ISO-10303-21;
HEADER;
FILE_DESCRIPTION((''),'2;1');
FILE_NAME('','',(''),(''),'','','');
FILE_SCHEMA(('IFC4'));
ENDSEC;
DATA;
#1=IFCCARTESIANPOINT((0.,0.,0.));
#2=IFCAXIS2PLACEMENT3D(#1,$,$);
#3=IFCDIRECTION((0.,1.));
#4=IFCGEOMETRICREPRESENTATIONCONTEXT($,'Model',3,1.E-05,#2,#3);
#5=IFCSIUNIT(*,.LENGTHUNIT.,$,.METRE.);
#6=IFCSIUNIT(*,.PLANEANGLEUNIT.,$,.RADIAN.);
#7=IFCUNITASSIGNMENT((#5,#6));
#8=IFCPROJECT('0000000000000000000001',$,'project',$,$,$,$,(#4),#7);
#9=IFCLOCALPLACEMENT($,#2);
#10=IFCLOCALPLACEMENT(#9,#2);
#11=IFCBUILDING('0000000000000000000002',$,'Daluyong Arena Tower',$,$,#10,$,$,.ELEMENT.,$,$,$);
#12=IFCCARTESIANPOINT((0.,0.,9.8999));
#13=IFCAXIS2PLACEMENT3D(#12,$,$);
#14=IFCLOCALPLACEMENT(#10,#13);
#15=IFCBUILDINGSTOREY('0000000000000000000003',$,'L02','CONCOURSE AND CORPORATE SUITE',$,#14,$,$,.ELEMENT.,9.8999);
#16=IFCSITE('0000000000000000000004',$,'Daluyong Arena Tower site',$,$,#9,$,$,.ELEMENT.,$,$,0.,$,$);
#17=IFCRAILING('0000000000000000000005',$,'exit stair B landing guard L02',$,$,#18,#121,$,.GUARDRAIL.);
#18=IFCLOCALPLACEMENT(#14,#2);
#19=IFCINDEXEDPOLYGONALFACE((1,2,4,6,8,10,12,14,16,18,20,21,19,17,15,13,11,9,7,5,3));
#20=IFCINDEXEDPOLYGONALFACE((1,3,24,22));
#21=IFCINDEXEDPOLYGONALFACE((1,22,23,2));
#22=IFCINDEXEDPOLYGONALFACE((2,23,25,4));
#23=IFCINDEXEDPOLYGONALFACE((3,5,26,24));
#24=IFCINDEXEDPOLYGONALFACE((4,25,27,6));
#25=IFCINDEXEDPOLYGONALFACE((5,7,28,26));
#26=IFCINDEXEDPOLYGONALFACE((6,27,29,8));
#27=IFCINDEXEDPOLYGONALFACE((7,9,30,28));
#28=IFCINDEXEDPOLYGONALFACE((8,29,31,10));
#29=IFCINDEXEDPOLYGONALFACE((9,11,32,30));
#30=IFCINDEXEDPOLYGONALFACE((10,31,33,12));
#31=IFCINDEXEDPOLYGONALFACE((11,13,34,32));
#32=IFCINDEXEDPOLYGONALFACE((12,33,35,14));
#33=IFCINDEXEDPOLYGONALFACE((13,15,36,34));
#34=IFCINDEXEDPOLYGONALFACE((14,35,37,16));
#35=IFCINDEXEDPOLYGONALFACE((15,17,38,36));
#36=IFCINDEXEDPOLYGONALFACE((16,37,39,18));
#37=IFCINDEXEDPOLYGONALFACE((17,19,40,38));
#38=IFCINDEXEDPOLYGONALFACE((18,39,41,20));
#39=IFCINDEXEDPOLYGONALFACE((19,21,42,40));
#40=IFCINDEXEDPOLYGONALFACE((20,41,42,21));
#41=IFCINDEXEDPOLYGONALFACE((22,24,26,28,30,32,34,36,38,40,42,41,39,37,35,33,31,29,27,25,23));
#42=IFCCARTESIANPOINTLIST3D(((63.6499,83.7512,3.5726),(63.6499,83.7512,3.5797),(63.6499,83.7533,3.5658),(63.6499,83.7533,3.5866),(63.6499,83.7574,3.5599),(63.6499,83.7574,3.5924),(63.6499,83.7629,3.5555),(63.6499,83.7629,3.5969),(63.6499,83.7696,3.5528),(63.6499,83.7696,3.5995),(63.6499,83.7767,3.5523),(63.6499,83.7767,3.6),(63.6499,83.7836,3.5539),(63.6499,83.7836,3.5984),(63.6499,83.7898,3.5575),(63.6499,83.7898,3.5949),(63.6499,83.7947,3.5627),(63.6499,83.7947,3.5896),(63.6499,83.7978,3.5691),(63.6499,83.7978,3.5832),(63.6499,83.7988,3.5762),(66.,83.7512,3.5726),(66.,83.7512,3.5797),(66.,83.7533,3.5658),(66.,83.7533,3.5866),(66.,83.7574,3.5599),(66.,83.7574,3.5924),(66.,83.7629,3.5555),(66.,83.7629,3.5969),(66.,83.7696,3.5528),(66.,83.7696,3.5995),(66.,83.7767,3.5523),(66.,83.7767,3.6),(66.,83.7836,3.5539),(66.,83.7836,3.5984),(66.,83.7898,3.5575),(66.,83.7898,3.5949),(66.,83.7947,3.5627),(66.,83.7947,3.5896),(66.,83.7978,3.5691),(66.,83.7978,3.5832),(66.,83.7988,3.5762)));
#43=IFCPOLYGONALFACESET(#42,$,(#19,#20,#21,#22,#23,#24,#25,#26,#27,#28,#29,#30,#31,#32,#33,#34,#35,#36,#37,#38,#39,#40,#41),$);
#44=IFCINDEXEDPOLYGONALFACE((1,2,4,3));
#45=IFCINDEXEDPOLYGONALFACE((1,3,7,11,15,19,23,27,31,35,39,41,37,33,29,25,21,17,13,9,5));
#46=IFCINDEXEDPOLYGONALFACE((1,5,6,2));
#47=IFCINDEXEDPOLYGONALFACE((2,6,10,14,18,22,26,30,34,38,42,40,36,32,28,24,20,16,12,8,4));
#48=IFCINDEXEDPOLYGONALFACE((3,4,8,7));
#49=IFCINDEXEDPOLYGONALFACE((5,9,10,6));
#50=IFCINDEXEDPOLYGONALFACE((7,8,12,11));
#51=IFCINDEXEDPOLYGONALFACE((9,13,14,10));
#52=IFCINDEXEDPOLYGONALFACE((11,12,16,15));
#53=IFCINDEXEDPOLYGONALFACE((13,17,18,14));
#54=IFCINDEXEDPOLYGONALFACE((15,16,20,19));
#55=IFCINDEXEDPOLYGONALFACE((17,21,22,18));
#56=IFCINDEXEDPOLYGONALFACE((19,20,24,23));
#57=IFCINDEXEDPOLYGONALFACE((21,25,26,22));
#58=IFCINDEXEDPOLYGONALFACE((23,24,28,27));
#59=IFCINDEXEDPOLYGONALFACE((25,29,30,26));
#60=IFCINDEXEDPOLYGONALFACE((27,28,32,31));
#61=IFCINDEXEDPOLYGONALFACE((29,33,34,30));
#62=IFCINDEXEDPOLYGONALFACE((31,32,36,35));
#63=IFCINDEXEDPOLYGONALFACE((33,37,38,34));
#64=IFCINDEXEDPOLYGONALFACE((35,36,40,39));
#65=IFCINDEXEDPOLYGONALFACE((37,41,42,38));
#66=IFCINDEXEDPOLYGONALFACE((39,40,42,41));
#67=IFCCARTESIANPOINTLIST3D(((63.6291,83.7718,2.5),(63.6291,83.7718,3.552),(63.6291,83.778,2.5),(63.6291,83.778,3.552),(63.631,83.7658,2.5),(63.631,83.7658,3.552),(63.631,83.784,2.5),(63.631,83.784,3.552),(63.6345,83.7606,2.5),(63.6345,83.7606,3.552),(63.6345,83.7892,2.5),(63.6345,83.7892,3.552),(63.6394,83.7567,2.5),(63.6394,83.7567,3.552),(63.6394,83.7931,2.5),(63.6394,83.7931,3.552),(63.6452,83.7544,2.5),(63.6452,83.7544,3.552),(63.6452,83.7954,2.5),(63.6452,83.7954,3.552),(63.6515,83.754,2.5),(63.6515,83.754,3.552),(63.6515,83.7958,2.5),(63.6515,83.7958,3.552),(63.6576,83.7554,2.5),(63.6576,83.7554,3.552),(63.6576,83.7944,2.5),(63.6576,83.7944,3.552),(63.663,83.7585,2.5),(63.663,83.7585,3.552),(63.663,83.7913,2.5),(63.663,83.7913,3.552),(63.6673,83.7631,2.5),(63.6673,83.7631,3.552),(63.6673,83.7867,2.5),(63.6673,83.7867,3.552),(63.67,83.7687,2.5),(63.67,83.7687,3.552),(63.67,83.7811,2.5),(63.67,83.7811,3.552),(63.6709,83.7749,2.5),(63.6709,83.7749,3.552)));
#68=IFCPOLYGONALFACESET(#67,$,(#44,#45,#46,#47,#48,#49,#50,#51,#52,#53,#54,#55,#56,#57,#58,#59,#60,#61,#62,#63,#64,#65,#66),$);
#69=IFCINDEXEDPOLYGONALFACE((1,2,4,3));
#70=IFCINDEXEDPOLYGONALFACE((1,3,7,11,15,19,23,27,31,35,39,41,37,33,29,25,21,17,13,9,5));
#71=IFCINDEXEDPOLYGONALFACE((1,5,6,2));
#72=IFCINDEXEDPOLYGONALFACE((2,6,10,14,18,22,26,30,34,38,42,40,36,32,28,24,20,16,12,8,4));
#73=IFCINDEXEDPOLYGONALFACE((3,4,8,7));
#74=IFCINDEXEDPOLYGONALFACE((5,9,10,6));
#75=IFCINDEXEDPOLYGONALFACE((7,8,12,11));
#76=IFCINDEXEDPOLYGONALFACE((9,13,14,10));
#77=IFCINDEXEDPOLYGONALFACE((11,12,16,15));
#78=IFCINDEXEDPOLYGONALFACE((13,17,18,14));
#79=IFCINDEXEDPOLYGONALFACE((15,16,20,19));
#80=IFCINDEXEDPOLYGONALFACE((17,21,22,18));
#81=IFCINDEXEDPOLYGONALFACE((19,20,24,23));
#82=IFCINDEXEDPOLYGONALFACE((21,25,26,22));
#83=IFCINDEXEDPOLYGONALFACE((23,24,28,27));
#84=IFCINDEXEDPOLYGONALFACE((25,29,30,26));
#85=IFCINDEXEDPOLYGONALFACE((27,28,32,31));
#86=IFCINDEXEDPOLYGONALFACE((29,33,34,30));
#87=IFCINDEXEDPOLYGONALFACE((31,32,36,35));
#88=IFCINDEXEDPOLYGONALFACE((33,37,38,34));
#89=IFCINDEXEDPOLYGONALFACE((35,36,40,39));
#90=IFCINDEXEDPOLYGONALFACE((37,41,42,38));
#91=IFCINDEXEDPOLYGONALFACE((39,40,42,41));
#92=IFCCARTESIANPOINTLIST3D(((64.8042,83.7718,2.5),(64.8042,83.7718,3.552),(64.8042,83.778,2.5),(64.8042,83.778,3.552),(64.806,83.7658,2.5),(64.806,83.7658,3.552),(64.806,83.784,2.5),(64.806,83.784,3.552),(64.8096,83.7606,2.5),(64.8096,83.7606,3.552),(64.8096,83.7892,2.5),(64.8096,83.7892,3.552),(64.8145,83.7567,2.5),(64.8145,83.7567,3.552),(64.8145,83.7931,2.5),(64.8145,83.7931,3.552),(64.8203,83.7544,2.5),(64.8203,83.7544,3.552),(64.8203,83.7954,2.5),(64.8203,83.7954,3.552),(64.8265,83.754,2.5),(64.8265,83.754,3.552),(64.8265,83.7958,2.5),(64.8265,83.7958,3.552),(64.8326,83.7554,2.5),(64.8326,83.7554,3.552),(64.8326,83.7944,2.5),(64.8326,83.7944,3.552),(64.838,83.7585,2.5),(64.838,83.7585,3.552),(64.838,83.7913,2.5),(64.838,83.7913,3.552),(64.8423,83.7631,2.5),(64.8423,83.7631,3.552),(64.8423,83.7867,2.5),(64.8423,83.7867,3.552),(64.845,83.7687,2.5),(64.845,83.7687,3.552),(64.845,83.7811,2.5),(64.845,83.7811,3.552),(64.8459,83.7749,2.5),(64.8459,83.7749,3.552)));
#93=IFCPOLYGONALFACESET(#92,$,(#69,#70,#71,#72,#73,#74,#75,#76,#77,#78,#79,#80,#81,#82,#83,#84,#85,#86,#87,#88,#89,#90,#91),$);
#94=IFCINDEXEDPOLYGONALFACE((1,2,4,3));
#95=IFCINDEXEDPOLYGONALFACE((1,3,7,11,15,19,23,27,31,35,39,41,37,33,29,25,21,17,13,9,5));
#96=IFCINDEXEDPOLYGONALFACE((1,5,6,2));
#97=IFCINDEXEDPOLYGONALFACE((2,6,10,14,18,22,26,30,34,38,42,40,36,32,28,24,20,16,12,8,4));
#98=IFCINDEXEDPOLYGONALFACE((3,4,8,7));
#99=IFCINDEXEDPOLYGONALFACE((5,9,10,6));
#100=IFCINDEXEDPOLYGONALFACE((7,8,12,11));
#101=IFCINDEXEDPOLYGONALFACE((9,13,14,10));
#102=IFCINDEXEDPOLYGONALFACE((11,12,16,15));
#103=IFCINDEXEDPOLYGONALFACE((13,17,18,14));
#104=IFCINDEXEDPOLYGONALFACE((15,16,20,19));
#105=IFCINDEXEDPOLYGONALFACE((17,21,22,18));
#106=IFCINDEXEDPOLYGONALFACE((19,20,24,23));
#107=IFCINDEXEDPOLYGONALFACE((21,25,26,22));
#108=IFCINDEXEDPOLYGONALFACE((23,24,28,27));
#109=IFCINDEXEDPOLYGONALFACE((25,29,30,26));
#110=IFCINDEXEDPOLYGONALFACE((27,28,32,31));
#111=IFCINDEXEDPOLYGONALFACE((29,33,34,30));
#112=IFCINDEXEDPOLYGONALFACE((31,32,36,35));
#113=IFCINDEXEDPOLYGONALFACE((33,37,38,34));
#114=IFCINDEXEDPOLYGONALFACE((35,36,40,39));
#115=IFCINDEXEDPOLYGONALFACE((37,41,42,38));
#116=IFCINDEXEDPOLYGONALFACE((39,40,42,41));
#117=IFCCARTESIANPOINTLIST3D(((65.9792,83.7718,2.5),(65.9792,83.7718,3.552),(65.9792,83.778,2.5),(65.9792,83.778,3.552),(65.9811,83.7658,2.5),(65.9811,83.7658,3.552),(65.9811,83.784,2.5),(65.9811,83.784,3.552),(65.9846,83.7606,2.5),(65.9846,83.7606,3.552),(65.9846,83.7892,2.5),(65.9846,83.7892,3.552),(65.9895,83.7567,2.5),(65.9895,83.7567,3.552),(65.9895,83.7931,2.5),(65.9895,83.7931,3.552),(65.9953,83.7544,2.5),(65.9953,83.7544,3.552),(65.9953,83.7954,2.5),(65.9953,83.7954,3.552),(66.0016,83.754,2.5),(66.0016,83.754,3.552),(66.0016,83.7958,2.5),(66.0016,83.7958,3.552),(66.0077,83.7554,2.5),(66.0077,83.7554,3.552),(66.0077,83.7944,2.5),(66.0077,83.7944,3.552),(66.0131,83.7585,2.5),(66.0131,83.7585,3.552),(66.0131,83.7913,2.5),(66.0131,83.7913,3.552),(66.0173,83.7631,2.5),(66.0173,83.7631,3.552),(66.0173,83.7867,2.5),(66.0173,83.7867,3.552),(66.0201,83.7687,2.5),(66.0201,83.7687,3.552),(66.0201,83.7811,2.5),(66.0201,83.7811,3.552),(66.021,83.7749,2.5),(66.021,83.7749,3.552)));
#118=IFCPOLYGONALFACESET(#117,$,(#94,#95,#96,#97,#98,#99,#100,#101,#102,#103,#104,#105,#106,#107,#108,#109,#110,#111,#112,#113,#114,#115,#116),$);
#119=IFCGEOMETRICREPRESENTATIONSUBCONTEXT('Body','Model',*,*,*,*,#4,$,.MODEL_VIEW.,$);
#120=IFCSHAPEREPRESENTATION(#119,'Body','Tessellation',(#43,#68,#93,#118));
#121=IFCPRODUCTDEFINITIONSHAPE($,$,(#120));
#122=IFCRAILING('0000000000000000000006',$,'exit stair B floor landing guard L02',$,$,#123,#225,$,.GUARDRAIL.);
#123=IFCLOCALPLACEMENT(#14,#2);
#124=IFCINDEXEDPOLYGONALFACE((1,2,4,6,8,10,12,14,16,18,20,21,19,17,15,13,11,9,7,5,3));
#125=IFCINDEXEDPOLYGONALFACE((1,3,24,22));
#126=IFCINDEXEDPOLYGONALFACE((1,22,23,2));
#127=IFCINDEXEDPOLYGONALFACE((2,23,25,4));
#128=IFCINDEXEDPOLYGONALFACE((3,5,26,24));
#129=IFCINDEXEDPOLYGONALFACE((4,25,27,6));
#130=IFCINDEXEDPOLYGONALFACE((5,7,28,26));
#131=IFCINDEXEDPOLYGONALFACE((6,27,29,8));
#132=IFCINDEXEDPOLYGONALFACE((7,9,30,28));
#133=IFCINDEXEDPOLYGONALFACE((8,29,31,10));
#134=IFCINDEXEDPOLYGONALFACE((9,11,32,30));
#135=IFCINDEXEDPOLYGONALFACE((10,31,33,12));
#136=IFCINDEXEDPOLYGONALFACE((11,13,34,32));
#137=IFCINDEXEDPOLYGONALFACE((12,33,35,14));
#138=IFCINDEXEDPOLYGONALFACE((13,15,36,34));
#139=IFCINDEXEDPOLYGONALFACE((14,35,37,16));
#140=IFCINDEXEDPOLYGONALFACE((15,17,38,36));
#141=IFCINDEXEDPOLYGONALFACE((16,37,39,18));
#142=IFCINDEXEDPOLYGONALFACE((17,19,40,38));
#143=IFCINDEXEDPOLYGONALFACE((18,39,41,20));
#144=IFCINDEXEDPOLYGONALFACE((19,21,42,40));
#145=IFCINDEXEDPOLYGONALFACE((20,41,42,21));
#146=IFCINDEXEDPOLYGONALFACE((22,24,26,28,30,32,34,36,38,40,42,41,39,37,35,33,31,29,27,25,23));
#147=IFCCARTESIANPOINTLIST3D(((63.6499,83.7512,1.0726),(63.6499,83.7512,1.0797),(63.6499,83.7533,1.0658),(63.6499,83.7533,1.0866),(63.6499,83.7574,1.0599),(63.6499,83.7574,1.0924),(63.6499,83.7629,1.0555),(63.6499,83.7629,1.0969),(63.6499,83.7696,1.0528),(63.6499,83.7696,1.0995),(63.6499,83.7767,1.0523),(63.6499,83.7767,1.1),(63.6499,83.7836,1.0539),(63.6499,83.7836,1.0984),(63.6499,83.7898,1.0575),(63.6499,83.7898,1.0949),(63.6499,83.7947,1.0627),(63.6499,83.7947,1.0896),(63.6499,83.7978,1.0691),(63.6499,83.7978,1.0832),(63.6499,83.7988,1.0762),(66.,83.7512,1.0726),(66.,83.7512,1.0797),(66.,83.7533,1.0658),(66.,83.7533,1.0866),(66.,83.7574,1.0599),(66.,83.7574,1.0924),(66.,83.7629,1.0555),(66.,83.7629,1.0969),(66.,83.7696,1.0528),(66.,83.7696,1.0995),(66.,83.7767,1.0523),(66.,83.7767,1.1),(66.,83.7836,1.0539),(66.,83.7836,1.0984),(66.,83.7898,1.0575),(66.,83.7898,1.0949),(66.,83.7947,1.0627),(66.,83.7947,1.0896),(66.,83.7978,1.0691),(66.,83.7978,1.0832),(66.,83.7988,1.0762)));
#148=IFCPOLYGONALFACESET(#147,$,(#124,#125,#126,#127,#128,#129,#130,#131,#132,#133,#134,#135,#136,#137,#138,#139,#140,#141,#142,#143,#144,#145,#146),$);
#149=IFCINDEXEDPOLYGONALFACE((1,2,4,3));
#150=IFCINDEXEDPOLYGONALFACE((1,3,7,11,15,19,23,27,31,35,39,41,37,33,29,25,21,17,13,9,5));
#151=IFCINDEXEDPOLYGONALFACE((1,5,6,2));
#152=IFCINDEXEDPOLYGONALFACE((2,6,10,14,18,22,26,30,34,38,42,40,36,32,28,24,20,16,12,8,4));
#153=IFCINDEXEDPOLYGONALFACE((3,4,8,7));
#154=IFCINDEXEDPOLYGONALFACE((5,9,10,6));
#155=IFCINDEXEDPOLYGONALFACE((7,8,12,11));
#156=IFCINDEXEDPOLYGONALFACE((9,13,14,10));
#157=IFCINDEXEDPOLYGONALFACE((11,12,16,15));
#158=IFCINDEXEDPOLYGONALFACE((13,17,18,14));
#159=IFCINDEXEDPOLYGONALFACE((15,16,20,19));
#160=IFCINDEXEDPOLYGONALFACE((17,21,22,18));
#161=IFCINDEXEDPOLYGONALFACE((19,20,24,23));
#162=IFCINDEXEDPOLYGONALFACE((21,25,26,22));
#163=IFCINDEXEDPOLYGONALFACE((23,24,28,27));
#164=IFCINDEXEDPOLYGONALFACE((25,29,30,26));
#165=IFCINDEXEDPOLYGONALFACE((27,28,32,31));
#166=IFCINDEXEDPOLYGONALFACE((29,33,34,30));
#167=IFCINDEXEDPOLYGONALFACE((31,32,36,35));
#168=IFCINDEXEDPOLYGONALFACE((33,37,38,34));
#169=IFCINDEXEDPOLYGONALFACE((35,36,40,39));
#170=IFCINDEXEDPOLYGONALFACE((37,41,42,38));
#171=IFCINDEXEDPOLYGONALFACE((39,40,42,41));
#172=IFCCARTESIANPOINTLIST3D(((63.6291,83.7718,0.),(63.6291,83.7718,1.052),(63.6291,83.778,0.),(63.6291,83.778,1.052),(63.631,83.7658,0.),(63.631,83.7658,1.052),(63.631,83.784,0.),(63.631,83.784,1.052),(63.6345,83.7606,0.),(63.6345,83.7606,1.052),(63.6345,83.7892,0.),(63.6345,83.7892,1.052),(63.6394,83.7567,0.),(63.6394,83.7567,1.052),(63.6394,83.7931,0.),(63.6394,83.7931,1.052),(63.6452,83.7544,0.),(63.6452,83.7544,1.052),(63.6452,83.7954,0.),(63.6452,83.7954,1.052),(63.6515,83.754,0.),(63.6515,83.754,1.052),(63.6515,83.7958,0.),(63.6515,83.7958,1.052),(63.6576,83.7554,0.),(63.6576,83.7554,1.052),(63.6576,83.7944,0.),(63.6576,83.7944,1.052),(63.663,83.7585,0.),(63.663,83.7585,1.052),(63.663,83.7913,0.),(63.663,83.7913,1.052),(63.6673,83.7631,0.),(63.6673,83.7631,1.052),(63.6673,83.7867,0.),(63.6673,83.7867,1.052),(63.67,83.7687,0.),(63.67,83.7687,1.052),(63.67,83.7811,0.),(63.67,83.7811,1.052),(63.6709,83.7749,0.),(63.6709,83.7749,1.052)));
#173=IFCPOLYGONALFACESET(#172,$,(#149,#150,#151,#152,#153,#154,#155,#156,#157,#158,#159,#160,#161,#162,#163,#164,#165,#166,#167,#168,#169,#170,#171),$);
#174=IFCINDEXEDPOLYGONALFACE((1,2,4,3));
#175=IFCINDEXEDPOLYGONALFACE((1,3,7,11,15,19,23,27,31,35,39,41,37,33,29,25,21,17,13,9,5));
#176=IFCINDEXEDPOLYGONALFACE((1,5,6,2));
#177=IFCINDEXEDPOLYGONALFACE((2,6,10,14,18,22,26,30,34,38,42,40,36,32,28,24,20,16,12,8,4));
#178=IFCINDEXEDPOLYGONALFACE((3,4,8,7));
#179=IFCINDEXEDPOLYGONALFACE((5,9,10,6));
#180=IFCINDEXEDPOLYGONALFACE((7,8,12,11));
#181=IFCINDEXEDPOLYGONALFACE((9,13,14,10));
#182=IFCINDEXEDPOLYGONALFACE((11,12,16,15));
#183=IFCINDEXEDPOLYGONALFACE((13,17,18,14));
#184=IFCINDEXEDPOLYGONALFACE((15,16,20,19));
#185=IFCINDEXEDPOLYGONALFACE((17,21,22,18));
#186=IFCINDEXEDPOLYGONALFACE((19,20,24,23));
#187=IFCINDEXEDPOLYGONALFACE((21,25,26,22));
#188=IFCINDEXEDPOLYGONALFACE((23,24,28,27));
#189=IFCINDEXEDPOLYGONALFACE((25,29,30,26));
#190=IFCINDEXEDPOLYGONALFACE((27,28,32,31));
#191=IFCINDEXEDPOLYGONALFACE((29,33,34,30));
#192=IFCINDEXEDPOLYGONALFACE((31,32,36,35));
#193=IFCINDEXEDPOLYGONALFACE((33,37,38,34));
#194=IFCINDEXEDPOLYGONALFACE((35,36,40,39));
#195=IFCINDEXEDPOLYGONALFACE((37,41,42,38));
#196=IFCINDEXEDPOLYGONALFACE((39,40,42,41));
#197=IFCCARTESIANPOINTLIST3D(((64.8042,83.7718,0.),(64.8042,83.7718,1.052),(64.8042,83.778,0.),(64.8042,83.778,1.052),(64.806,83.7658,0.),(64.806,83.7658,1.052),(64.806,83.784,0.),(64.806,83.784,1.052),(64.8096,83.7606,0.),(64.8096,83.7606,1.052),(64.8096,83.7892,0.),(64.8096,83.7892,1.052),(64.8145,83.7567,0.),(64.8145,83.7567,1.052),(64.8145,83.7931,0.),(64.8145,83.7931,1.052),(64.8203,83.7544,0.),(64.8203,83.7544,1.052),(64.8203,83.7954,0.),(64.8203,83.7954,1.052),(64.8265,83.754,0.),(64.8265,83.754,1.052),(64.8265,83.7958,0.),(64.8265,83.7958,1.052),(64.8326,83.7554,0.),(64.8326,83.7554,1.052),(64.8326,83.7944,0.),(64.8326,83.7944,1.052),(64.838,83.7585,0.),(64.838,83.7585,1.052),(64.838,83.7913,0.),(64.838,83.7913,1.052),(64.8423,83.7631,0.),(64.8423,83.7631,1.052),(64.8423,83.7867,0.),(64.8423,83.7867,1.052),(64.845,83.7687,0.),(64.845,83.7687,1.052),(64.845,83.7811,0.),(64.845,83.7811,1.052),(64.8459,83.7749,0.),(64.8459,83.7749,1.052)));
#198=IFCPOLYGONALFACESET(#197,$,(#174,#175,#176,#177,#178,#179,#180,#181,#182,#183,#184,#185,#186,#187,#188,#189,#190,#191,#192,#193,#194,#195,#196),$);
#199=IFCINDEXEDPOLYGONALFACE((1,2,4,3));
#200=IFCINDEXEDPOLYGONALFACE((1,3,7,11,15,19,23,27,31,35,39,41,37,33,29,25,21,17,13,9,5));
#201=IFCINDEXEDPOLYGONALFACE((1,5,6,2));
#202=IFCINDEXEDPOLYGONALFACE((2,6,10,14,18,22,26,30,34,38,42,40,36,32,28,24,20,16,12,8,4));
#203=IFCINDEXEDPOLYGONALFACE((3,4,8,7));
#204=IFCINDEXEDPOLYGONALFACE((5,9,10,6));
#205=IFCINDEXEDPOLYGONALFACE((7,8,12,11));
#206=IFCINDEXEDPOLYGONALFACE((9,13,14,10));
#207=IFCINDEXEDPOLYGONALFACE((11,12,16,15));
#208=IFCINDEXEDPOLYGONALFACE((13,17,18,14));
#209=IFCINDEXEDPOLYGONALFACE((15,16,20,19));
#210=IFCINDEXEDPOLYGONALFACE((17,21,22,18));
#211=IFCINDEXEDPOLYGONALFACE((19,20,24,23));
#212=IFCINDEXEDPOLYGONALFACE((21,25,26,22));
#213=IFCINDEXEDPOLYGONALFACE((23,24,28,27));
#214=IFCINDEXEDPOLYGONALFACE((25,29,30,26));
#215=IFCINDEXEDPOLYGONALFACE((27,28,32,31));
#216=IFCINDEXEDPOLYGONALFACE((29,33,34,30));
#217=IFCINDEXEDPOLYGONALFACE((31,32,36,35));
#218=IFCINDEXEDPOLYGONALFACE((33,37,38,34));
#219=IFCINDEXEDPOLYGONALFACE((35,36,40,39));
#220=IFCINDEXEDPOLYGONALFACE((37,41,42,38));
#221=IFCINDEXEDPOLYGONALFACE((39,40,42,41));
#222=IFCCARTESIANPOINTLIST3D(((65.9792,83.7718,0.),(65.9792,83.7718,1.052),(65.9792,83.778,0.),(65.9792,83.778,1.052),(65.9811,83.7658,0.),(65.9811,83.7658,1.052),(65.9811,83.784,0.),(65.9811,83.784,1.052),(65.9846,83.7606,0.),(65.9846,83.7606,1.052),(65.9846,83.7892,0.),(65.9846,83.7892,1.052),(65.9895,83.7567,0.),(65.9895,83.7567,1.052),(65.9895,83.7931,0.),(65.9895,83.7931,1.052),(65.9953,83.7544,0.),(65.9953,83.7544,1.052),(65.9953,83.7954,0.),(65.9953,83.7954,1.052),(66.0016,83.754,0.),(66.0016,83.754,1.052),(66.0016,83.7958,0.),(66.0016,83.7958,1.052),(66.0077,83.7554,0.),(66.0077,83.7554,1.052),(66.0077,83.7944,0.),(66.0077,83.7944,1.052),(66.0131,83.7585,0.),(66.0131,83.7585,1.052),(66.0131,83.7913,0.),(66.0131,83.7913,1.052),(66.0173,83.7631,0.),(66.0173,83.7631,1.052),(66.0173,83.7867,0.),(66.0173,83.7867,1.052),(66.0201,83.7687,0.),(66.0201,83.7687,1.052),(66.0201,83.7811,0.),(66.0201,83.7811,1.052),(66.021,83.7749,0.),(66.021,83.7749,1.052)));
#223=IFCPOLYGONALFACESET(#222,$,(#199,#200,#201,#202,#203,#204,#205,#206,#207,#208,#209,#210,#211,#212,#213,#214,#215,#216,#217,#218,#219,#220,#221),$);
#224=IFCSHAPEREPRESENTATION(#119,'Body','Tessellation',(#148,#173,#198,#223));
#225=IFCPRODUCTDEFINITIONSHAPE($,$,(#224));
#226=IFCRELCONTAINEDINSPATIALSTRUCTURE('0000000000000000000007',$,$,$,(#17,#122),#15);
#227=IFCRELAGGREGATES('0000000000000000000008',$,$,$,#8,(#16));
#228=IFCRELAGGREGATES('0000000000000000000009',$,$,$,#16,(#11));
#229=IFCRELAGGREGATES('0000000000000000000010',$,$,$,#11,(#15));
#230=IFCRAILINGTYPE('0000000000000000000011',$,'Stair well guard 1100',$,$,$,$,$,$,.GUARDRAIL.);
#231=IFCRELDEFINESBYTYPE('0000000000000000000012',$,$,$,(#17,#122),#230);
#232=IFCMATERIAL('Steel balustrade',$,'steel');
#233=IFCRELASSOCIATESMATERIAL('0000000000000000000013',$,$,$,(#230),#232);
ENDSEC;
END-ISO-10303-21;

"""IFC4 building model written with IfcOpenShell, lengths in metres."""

from ifc_helpers import new_model, si_unit, direction, frame, origin, origin_2d, place, context, subcontext, project, spatial, circle, extrude, material, type_object, element, save


model = new_model("IFC4")

# Units and contexts
model_context = context("Model", 3, precision=1e-05, world=origin(), true_north=direction((0.0, 1.0)))
body_context = subcontext(model_context, "Body", "Model", "MODEL_VIEW")
ifc_project = project(units=[si_unit("LENGTHUNIT", "METRE"), si_unit("PLANEANGLEUNIT", "RADIAN")], contexts=[model_context])

# Site, building, storey
site_placement = place(None, origin())
site = spatial("IfcSite", under=ifc_project, at=site_placement, Name="Daluyong Arena Tower site", CompositionType="ELEMENT", RefElevation=0.0)
building_placement = place(site_placement, origin())
building = spatial("IfcBuilding", under=site, at=building_placement, Name="Daluyong Arena Tower", CompositionType="ELEMENT")
storey_placement = place(building_placement, frame((0.0, 0.0, 9.8999)))
storey = spatial("IfcBuildingStorey", under=building, at=storey_placement, Name="L02", Description="CONCOURSE AND CORPORATE SUITE", CompositionType="ELEMENT", Elevation=9.8999)

# Railings
ifc_material_1 = material(Name="Steel balustrade", Category="steel")
railing_type_1 = type_object("IfcRailingType", Name="Stair well guard 1100", PredefinedType="GUARDRAIL", material=ifc_material_1)
for number, where, name in (
    (1, (63.6499, 83.7749, 2.5), "exit stair B landing guard L02"),
    (2, (63.6499, 83.7749, 0.0), "exit stair B floor landing guard L02"),
):
    element("IfcRailing", number, at=place(storey_placement, frame(where)), inside=storey, type_object=railing_type_1, Name=name, PredefinedType="GUARDRAIL", context=body_context, shape_type="SweptSolid", body=[
        extrude(circle(Radius=0.0239, at=origin_2d()), frame((0.0, 0.0, 1.0762), z_axis=(1.0, 0.0, 0.0), x_axis=(0.0, 1.0, 0.0)), (0.0, 0.0, 1.0), 2.3501),
        extrude(circle(Radius=0.021, at=origin_2d()), origin(), (0.0, 0.0, 1.0), 1.052),
        extrude(circle(Radius=0.021, at=origin_2d()), frame((1.175, 0.0, 0.0)), (0.0, 0.0, 1.0), 1.052),
        extrude(circle(Radius=0.021, at=origin_2d()), frame((2.3501, 0.0, 0.0)), (0.0, 0.0, 1.0), 1.052),
    ])

save(model, "model.ifc")
